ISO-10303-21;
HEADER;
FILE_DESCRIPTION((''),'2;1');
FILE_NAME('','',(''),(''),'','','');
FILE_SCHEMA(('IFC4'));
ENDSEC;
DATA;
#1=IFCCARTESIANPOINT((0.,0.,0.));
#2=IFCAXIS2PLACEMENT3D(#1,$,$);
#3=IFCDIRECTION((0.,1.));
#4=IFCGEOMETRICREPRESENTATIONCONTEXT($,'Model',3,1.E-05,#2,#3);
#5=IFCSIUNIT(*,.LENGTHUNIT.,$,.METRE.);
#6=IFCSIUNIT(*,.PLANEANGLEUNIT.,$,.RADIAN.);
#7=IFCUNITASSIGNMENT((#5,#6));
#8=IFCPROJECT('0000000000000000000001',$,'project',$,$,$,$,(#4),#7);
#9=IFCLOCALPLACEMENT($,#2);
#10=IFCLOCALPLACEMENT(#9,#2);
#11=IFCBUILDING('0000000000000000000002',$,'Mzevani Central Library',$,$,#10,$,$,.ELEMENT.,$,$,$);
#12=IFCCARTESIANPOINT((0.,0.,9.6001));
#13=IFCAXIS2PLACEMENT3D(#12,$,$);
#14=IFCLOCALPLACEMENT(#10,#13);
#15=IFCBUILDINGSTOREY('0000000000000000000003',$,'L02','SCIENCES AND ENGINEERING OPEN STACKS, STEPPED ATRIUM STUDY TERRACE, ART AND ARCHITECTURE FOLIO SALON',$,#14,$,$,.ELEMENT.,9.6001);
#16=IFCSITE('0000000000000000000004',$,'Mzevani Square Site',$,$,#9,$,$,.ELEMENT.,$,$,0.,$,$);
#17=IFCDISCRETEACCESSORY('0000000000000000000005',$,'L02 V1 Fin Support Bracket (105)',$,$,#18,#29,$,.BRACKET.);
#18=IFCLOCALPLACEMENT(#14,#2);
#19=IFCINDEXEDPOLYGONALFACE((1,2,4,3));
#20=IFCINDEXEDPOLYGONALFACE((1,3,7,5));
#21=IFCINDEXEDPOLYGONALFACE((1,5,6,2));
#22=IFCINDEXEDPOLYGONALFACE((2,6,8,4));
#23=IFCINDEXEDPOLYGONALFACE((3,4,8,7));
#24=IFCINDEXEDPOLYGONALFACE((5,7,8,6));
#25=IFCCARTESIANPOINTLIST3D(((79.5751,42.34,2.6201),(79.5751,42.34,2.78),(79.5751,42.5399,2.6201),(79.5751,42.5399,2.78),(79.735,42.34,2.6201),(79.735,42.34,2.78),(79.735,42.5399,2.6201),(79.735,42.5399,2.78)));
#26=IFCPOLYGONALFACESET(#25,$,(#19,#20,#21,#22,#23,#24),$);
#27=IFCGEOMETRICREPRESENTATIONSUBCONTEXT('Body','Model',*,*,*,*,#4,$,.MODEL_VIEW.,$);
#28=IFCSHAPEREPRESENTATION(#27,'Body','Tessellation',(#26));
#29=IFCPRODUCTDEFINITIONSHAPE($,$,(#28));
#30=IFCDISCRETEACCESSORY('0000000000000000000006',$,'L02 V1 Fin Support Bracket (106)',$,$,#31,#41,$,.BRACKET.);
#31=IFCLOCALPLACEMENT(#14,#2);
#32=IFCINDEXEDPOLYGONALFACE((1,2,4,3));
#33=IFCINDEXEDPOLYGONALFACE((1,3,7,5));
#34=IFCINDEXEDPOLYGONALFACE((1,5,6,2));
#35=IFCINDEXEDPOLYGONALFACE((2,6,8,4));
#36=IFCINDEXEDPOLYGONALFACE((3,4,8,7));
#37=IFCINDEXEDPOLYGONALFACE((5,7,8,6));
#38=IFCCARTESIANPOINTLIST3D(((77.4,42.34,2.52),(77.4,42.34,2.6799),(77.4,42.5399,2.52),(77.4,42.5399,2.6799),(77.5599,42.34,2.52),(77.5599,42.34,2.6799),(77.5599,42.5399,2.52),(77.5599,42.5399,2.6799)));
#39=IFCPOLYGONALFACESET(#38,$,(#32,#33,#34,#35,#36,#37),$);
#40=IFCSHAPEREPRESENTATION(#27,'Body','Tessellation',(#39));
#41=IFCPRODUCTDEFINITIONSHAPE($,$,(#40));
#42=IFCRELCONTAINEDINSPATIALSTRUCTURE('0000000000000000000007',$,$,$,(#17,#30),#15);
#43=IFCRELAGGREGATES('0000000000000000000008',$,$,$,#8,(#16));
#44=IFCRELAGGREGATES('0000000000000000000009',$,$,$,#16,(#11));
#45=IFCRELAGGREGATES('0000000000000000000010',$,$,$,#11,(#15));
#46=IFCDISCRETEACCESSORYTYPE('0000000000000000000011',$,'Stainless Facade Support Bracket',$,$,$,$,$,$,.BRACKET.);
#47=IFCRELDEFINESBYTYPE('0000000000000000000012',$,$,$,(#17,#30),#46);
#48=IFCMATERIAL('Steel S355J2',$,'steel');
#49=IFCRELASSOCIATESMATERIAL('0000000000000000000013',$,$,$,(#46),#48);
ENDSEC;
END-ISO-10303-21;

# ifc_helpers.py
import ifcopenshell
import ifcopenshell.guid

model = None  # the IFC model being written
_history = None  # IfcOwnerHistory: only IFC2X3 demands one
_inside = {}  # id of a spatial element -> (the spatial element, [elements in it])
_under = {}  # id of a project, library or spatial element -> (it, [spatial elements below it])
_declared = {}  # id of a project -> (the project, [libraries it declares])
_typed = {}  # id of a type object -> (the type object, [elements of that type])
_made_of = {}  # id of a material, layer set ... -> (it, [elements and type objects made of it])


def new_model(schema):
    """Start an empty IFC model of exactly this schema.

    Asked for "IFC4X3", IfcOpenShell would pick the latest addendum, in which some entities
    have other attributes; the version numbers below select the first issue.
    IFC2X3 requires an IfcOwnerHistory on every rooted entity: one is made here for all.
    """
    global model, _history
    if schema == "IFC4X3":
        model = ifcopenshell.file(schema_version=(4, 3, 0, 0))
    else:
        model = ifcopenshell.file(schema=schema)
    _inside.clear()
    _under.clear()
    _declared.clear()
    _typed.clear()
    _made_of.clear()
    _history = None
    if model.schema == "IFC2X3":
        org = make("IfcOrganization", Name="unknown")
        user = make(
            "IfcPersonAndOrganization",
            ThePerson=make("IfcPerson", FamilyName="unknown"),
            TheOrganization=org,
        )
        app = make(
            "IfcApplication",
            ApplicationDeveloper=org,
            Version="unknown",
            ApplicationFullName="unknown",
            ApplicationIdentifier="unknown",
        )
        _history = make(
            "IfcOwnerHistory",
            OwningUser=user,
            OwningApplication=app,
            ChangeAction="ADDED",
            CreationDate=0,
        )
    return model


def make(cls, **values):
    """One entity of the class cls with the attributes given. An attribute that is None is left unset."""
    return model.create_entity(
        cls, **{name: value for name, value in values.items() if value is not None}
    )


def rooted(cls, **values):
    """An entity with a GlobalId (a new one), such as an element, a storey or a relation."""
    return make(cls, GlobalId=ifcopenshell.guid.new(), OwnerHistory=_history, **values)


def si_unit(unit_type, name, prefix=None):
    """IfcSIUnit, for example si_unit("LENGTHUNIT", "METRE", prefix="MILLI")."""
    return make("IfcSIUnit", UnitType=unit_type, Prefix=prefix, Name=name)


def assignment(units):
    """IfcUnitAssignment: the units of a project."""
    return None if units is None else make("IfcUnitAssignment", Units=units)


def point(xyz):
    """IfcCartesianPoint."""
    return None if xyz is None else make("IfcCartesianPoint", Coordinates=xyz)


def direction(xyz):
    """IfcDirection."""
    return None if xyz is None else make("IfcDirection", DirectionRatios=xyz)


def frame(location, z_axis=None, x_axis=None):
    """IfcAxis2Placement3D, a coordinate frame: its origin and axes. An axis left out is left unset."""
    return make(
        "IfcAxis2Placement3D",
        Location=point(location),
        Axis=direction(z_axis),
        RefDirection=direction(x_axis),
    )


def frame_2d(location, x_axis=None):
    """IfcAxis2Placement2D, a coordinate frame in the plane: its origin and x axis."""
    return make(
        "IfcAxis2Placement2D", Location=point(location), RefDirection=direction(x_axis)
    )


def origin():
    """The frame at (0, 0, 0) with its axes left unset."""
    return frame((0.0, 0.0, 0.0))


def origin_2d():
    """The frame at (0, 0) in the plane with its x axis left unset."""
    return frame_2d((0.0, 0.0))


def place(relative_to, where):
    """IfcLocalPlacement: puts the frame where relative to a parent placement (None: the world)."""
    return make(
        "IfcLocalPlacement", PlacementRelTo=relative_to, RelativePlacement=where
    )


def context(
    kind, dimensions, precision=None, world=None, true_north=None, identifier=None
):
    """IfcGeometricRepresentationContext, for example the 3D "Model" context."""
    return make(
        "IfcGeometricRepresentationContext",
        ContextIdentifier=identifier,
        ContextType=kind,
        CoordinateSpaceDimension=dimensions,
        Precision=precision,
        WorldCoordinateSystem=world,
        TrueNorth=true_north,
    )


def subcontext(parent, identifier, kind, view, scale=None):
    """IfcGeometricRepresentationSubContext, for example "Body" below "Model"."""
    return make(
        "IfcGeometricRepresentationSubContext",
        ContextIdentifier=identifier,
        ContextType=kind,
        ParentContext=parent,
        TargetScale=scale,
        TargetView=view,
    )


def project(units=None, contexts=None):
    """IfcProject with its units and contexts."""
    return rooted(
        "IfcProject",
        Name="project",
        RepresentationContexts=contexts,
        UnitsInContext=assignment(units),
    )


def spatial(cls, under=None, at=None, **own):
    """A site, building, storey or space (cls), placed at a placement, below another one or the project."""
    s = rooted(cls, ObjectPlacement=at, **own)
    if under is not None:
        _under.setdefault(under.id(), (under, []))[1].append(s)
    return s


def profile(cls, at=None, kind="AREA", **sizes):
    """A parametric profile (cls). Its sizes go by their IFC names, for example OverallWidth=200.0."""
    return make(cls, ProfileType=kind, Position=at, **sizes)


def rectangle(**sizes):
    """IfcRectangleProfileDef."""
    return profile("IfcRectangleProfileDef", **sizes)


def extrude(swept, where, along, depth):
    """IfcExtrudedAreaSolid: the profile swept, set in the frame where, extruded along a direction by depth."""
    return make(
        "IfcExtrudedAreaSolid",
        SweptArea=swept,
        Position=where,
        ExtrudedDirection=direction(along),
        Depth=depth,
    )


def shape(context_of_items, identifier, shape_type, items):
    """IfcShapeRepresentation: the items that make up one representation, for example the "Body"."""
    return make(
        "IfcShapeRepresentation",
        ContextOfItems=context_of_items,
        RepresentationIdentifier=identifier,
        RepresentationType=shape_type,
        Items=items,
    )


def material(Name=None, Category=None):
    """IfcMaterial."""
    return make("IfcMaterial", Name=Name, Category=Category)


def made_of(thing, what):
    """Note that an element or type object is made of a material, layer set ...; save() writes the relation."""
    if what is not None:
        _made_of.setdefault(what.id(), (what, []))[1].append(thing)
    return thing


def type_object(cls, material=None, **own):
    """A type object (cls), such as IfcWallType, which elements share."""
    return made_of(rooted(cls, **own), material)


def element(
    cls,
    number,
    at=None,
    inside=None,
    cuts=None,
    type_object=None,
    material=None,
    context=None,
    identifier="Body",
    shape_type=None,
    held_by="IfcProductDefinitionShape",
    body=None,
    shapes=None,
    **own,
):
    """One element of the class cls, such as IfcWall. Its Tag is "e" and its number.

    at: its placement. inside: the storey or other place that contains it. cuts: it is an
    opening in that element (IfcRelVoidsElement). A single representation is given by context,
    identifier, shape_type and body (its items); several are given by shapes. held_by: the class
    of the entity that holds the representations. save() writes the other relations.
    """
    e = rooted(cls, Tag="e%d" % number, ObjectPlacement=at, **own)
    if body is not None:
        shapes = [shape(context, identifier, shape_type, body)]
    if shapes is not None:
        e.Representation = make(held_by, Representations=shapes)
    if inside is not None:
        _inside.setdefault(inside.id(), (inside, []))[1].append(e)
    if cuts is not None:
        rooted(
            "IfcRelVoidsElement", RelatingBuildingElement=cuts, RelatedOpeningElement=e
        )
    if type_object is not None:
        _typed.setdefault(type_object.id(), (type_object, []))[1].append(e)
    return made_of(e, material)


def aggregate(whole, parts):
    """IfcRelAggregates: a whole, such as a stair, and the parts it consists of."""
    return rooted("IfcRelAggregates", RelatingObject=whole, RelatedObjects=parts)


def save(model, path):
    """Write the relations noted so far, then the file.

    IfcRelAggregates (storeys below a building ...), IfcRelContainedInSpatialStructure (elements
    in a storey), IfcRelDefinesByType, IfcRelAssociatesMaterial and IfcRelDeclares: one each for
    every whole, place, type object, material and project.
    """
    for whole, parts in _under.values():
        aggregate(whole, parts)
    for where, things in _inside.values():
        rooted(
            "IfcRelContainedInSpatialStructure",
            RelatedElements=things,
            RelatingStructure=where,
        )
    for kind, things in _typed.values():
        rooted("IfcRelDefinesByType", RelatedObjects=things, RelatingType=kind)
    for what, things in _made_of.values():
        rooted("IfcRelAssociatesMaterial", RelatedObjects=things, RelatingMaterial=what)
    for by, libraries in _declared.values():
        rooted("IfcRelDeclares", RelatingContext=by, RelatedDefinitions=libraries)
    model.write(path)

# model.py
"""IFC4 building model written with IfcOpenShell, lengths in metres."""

from ifc_helpers import new_model, si_unit, direction, frame, origin, origin_2d, place, context, subcontext, project, spatial, rectangle, extrude, material, type_object, element, save


model = new_model("IFC4")

# Units and contexts
model_context = context("Model", 3, precision=1e-05, world=origin(), true_north=direction((0.0, 1.0)))
body_context = subcontext(model_context, "Body", "Model", "MODEL_VIEW")
ifc_project = project(units=[si_unit("LENGTHUNIT", "METRE"), si_unit("PLANEANGLEUNIT", "RADIAN")], contexts=[model_context])

# Site, building, storey
site_placement = place(None, origin())
site = spatial("IfcSite", under=ifc_project, at=site_placement, Name="Mzevani Square Site", CompositionType="ELEMENT", RefElevation=0.0)
building_placement = place(site_placement, origin())
building = spatial("IfcBuilding", under=site, at=building_placement, Name="Mzevani Central Library", CompositionType="ELEMENT")
storey_placement = place(building_placement, frame((0.0, 0.0, 9.6001)))
storey = spatial("IfcBuildingStorey", under=building, at=storey_placement, Name="L02", Description="SCIENCES AND ENGINEERING OPEN STACKS, STEPPED ATRIUM STUDY TERRACE, ART AND ARCHITECTURE FOLIO SALON", CompositionType="ELEMENT", Elevation=9.6001)

# Discrete accessories
ifc_material_1 = material(Name="Steel S355J2", Category="steel")
discrete_accessory_type = type_object("IfcDiscreteAccessoryType", Name="Stainless Facade Support Bracket", PredefinedType="BRACKET", material=ifc_material_1)
for number, where, z_axis, x_axis, name in (
    (1, (79.655, 42.4399, 2.6201), (0.0, 0.0, 1.0), (-1.0, 0.0, 0.0), "L02 V1 Fin Support Bracket (105)"),
    (2, (77.48, 42.4399, 2.52), (0.0, 0.0, 1.0), (-1.0, 0.0, 0.0), "L02 V1 Fin Support Bracket (106)"),
):
    element("IfcDiscreteAccessory", number, at=place(storey_placement, frame(where, z_axis=z_axis, x_axis=x_axis)), inside=storey, type_object=discrete_accessory_type, Name=name, PredefinedType="BRACKET", context=body_context, shape_type="SweptSolid", body=[
        extrude(rectangle(XDim=0.1599, YDim=0.2, at=origin_2d()), origin(), (0.0, 0.0, 1.0), 0.1599),
    ])

save(model, "model.ifc")
